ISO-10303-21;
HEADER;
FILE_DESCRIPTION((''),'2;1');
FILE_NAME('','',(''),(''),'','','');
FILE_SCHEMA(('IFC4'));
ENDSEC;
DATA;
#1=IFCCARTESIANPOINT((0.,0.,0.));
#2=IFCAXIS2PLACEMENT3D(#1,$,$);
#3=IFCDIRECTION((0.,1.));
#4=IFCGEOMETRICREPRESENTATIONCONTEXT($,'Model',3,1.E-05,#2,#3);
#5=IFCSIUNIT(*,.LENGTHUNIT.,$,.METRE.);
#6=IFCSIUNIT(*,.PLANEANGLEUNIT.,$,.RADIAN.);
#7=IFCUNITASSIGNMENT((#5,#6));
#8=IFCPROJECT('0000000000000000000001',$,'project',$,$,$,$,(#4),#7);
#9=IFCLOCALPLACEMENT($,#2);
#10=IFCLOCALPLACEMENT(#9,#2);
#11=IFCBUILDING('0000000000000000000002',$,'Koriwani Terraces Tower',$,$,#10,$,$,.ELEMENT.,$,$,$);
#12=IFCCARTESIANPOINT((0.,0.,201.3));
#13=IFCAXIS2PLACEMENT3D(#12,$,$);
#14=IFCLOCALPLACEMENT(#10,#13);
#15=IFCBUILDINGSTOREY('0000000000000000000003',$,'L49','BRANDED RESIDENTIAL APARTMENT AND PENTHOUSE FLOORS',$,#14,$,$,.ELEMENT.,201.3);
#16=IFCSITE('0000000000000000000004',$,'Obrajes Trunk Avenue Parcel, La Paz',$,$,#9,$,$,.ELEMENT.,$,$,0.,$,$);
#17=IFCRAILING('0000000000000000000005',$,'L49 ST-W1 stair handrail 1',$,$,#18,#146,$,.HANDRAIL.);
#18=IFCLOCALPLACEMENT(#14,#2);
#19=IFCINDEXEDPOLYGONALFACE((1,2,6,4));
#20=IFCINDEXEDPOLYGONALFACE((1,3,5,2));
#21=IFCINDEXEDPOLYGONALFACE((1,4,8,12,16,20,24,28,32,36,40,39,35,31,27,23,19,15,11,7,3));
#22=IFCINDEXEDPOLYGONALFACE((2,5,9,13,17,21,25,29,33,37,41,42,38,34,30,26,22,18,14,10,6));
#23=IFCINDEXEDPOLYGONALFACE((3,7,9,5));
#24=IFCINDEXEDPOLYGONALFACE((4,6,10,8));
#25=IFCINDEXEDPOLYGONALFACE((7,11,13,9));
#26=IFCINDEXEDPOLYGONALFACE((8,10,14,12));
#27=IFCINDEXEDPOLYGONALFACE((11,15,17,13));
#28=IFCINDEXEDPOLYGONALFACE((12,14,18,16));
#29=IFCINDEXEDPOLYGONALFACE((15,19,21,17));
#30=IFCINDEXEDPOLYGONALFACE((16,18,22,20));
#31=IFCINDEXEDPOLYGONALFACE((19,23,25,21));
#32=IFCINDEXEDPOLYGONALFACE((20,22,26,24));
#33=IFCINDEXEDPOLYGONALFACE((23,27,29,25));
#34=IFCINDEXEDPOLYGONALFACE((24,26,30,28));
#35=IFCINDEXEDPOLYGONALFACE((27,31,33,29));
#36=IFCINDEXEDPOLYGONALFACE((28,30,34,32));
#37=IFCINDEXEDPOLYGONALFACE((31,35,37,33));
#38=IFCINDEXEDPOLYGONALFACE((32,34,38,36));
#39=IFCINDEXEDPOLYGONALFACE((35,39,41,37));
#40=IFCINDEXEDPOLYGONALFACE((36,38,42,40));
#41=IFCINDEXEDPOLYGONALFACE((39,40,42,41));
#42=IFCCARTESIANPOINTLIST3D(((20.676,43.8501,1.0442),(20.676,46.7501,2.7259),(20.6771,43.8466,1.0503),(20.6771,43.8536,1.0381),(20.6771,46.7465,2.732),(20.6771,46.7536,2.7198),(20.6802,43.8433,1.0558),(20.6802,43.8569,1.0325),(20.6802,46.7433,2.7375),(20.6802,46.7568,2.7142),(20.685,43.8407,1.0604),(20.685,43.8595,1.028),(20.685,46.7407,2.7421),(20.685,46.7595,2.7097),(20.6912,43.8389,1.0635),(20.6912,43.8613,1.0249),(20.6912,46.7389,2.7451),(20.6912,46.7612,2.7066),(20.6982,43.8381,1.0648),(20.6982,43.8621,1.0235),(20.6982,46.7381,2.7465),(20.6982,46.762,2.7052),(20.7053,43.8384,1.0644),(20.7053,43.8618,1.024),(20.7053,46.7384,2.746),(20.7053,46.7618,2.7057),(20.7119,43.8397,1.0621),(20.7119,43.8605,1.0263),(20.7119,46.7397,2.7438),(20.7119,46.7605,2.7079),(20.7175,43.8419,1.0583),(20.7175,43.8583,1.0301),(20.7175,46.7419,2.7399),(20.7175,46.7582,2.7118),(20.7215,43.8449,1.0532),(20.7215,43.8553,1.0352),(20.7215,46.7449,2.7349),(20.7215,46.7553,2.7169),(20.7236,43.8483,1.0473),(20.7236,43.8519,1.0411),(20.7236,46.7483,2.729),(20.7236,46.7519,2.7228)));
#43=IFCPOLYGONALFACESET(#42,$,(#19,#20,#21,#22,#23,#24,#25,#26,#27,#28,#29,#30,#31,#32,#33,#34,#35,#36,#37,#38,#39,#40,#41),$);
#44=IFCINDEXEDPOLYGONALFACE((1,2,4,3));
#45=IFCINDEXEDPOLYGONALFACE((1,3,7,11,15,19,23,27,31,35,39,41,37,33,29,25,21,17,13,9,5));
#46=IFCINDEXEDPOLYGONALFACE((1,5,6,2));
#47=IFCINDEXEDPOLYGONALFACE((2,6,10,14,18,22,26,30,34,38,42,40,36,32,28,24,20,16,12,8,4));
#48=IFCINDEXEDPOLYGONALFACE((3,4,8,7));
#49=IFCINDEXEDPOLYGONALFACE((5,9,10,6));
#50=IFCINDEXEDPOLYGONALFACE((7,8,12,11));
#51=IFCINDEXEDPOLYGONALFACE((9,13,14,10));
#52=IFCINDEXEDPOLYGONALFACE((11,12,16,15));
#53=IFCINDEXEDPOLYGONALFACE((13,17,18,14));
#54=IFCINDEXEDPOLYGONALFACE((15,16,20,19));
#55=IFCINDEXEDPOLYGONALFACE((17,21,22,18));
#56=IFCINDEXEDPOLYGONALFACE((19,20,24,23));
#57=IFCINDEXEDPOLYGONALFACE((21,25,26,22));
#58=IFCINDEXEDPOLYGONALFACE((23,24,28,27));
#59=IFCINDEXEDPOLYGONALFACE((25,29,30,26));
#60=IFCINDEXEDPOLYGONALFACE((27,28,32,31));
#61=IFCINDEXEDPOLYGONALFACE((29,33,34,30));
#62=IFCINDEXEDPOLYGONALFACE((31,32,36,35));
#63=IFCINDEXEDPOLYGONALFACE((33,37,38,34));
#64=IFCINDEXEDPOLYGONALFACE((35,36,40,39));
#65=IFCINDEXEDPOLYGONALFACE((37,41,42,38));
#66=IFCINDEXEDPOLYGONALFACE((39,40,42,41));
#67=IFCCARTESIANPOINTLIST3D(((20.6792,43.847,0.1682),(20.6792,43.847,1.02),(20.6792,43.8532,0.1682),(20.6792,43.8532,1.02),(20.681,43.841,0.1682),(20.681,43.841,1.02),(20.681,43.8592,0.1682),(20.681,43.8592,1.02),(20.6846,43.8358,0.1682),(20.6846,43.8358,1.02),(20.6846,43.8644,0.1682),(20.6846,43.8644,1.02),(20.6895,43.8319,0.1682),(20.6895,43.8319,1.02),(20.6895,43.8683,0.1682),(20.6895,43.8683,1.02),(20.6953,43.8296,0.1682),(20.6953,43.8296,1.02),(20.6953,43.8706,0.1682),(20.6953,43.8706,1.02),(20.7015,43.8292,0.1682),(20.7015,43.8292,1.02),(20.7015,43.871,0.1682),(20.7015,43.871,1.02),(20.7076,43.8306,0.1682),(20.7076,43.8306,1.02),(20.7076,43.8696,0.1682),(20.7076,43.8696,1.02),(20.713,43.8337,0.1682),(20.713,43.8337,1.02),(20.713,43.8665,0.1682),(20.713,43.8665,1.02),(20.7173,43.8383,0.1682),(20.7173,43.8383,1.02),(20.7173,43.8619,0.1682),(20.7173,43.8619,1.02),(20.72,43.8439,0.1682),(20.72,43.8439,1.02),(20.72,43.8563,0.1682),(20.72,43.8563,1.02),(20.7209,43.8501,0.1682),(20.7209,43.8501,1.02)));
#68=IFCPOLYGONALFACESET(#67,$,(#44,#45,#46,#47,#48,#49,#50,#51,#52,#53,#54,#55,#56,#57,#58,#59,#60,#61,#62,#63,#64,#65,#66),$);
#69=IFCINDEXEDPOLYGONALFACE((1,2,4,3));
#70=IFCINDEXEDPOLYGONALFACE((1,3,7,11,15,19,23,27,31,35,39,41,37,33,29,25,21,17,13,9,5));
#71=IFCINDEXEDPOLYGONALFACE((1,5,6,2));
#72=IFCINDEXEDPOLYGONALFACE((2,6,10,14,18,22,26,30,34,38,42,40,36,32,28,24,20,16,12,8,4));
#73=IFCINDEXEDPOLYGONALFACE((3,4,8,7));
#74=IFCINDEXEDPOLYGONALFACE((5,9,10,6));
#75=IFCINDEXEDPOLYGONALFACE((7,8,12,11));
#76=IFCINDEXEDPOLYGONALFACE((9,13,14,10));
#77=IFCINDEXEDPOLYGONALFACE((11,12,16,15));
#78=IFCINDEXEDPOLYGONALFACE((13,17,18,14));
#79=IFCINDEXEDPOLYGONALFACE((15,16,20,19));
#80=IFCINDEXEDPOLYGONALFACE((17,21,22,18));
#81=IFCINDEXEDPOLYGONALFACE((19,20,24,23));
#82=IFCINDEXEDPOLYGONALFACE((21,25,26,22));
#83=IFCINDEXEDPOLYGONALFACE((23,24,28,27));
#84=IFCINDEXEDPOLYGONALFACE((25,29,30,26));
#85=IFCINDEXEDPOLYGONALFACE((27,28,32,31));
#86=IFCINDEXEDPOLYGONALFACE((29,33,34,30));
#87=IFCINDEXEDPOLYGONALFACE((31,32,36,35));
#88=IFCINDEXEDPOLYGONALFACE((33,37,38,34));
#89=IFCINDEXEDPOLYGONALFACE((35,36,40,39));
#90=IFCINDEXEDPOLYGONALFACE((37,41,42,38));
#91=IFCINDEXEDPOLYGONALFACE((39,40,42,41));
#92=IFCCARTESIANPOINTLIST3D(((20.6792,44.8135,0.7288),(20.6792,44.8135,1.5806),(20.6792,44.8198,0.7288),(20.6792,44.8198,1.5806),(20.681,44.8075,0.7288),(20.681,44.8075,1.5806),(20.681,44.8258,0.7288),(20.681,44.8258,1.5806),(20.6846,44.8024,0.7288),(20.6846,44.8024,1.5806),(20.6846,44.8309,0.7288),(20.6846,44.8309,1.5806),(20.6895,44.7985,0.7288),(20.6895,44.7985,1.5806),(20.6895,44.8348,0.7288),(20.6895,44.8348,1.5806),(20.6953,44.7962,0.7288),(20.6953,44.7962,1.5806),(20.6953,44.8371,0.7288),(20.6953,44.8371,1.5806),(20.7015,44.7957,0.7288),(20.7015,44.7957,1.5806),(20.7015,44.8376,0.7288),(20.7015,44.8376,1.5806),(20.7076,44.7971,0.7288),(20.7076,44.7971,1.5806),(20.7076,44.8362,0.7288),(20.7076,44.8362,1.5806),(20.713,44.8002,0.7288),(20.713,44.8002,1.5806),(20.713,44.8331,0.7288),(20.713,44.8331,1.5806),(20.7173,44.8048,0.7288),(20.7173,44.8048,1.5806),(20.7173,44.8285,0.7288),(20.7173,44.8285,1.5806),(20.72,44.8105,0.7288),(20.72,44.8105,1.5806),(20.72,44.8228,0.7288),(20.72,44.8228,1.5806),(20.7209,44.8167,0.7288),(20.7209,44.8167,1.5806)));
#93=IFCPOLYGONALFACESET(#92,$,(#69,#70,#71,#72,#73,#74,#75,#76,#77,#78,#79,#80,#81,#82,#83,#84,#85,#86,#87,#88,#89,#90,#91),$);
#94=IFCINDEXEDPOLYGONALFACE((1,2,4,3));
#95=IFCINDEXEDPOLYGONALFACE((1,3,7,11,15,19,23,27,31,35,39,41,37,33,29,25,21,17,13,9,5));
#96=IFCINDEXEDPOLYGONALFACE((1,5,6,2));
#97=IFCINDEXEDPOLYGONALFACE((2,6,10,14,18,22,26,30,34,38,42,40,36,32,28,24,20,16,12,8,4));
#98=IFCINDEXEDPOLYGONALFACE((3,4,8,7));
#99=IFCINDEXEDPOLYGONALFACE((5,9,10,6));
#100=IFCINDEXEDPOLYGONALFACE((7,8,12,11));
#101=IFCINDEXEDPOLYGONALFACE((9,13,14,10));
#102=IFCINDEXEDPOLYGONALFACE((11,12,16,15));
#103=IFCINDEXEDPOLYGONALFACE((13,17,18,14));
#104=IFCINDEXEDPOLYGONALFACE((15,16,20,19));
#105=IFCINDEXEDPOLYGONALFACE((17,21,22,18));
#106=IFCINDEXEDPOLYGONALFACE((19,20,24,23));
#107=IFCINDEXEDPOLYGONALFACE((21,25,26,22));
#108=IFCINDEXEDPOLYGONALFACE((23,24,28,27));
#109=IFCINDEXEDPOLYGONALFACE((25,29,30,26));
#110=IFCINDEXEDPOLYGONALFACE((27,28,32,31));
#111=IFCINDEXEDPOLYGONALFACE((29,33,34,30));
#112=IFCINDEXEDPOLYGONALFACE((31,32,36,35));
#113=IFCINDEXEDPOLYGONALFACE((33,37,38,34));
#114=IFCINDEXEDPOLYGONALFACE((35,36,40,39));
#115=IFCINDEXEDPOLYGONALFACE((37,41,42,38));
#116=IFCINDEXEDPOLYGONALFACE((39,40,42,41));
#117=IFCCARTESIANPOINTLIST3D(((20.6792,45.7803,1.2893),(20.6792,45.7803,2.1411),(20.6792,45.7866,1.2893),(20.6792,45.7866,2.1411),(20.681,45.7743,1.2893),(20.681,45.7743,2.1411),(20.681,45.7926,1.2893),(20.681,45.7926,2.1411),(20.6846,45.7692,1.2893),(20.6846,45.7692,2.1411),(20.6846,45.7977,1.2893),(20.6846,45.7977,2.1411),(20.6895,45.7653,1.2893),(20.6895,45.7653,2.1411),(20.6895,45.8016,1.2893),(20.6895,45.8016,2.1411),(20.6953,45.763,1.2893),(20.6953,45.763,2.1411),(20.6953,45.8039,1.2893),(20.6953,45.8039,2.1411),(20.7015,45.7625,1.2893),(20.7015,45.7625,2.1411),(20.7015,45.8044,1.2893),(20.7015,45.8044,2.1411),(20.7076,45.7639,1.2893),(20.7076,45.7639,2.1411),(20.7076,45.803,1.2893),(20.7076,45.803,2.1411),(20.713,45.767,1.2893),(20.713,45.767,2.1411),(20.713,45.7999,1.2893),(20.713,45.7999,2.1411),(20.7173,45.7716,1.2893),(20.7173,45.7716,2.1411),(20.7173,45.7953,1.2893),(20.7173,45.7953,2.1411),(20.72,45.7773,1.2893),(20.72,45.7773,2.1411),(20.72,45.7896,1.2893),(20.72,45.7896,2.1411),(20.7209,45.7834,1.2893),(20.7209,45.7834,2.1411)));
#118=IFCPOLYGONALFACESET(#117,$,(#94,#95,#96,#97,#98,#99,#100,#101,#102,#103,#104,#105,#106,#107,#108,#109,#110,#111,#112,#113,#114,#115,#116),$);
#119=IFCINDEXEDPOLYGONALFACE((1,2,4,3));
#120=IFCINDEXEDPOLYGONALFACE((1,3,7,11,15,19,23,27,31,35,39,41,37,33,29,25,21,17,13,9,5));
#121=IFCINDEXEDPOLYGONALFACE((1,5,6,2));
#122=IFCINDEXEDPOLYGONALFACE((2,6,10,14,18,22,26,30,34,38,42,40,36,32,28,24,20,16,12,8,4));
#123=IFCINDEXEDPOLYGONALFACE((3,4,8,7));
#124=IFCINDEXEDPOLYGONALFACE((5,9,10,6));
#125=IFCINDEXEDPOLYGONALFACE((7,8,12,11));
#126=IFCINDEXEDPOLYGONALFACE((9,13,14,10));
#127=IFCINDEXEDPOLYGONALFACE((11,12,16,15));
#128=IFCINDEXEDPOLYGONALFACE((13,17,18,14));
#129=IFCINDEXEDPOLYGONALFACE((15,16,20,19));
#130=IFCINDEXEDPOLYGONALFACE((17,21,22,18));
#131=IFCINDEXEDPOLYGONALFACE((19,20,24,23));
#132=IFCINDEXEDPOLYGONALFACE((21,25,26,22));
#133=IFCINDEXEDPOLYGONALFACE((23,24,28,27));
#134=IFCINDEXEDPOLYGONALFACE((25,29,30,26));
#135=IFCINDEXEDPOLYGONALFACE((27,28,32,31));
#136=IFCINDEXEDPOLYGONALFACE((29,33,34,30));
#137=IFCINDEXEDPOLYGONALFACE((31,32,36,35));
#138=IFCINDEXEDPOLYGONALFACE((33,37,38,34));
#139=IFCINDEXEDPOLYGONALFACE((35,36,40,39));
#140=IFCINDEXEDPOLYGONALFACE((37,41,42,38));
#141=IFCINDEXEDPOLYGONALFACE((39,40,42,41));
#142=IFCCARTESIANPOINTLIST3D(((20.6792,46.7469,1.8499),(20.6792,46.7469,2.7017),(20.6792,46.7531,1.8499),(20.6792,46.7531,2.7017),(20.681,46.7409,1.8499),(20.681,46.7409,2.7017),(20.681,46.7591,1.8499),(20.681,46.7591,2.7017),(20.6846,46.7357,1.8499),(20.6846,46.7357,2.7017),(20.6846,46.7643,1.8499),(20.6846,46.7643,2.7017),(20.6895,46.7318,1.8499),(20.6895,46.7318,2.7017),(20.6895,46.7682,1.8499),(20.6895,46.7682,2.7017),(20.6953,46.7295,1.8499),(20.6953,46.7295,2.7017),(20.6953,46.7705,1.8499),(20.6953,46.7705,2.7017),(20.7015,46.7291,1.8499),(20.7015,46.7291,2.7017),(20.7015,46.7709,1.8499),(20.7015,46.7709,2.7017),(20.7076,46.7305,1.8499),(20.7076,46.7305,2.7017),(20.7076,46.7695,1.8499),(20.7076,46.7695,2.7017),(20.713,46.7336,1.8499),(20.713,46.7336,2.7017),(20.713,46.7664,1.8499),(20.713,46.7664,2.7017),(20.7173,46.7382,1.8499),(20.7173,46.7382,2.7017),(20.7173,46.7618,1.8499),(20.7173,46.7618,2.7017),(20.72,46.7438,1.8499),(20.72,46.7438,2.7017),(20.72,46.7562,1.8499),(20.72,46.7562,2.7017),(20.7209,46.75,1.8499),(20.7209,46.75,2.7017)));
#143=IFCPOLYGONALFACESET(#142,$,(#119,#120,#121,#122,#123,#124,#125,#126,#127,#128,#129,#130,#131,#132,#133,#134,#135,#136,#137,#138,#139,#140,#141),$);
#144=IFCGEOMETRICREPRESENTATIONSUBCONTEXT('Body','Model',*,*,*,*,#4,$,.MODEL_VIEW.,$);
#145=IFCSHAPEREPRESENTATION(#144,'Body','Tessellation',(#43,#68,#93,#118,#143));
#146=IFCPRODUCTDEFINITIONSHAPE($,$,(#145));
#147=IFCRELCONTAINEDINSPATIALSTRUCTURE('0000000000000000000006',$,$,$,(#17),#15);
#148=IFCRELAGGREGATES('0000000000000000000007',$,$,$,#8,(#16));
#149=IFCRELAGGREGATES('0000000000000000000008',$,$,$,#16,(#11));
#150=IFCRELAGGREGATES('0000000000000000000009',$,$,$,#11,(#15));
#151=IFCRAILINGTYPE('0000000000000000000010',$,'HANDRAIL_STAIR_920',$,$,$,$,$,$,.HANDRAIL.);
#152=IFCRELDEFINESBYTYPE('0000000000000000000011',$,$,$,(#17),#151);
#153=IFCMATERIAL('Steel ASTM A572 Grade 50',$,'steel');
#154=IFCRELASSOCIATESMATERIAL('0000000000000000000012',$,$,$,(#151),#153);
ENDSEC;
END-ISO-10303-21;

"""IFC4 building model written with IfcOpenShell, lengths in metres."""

from ifc_helpers import new_model, si_unit, direction, frame, origin, origin_2d, place, context, subcontext, project, spatial, circle, extrude, material, type_object, element, save


model = new_model("IFC4")

# Units and contexts
model_context = context("Model", 3, precision=1e-05, world=origin(), true_north=direction((0.0, 1.0)))
body_context = subcontext(model_context, "Body", "Model", "MODEL_VIEW")
ifc_project = project(units=[si_unit("LENGTHUNIT", "METRE"), si_unit("PLANEANGLEUNIT", "RADIAN")], contexts=[model_context])

# Site, building, storey
site_placement = place(None, origin())
site = spatial("IfcSite", under=ifc_project, at=site_placement, Name="Obrajes Trunk Avenue Parcel, La Paz", CompositionType="ELEMENT", RefElevation=0.0)
building_placement = place(site_placement, origin())
building = spatial("IfcBuilding", under=site, at=building_placement, Name="Koriwani Terraces Tower", CompositionType="ELEMENT")
storey_placement = place(building_placement, frame((0.0, 0.0, 201.3)))
storey = spatial("IfcBuildingStorey", under=building, at=storey_placement, Name="L49", Description="BRANDED RESIDENTIAL APARTMENT AND PENTHOUSE FLOORS", CompositionType="ELEMENT", Elevation=201.3)

# Shared definitions
ifc_material_1 = material(Name="Steel ASTM A572 Grade 50", Category="steel")

# Railing
railing_type_1 = type_object("IfcRailingType", Name="HANDRAIL_STAIR_920", PredefinedType="HANDRAIL", material=ifc_material_1)
railing_1_placement = place(storey_placement, frame((20.7, 43.8501, 0.1682)))
element("IfcRailing", 1, at=railing_1_placement, inside=storey, type_object=railing_type_1, Name="L49 ST-W1 stair handrail 1", PredefinedType="HANDRAIL", context=body_context, shape_type="SweptSolid", body=[
    extrude(circle(Radius=0.0239, at=origin_2d()), frame((0.0, 0.0, 0.876), z_axis=(0.0, 0.86507, 0.501651), x_axis=(-1.0, 0.0, 0.0)), (0.0, 0.0, 1.0), 3.3523),
    extrude(circle(Radius=0.021, at=origin_2d()), origin(), (0.0, 0.0, 1.0), 0.8518),
    extrude(circle(Radius=0.021, at=origin_2d()), frame((0.0, 0.9666, 0.5605)), (0.0, 0.0, 1.0), 0.8518),
    extrude(circle(Radius=0.021, at=origin_2d()), frame((0.0, 1.9333, 1.1211)), (0.0, 0.0, 1.0), 0.8518),
    extrude(circle(Radius=0.021, at=origin_2d()), frame((0.0, 2.8999, 1.6816)), (0.0, 0.0, 1.0), 0.8518),
])

save(model, "model.ifc")
